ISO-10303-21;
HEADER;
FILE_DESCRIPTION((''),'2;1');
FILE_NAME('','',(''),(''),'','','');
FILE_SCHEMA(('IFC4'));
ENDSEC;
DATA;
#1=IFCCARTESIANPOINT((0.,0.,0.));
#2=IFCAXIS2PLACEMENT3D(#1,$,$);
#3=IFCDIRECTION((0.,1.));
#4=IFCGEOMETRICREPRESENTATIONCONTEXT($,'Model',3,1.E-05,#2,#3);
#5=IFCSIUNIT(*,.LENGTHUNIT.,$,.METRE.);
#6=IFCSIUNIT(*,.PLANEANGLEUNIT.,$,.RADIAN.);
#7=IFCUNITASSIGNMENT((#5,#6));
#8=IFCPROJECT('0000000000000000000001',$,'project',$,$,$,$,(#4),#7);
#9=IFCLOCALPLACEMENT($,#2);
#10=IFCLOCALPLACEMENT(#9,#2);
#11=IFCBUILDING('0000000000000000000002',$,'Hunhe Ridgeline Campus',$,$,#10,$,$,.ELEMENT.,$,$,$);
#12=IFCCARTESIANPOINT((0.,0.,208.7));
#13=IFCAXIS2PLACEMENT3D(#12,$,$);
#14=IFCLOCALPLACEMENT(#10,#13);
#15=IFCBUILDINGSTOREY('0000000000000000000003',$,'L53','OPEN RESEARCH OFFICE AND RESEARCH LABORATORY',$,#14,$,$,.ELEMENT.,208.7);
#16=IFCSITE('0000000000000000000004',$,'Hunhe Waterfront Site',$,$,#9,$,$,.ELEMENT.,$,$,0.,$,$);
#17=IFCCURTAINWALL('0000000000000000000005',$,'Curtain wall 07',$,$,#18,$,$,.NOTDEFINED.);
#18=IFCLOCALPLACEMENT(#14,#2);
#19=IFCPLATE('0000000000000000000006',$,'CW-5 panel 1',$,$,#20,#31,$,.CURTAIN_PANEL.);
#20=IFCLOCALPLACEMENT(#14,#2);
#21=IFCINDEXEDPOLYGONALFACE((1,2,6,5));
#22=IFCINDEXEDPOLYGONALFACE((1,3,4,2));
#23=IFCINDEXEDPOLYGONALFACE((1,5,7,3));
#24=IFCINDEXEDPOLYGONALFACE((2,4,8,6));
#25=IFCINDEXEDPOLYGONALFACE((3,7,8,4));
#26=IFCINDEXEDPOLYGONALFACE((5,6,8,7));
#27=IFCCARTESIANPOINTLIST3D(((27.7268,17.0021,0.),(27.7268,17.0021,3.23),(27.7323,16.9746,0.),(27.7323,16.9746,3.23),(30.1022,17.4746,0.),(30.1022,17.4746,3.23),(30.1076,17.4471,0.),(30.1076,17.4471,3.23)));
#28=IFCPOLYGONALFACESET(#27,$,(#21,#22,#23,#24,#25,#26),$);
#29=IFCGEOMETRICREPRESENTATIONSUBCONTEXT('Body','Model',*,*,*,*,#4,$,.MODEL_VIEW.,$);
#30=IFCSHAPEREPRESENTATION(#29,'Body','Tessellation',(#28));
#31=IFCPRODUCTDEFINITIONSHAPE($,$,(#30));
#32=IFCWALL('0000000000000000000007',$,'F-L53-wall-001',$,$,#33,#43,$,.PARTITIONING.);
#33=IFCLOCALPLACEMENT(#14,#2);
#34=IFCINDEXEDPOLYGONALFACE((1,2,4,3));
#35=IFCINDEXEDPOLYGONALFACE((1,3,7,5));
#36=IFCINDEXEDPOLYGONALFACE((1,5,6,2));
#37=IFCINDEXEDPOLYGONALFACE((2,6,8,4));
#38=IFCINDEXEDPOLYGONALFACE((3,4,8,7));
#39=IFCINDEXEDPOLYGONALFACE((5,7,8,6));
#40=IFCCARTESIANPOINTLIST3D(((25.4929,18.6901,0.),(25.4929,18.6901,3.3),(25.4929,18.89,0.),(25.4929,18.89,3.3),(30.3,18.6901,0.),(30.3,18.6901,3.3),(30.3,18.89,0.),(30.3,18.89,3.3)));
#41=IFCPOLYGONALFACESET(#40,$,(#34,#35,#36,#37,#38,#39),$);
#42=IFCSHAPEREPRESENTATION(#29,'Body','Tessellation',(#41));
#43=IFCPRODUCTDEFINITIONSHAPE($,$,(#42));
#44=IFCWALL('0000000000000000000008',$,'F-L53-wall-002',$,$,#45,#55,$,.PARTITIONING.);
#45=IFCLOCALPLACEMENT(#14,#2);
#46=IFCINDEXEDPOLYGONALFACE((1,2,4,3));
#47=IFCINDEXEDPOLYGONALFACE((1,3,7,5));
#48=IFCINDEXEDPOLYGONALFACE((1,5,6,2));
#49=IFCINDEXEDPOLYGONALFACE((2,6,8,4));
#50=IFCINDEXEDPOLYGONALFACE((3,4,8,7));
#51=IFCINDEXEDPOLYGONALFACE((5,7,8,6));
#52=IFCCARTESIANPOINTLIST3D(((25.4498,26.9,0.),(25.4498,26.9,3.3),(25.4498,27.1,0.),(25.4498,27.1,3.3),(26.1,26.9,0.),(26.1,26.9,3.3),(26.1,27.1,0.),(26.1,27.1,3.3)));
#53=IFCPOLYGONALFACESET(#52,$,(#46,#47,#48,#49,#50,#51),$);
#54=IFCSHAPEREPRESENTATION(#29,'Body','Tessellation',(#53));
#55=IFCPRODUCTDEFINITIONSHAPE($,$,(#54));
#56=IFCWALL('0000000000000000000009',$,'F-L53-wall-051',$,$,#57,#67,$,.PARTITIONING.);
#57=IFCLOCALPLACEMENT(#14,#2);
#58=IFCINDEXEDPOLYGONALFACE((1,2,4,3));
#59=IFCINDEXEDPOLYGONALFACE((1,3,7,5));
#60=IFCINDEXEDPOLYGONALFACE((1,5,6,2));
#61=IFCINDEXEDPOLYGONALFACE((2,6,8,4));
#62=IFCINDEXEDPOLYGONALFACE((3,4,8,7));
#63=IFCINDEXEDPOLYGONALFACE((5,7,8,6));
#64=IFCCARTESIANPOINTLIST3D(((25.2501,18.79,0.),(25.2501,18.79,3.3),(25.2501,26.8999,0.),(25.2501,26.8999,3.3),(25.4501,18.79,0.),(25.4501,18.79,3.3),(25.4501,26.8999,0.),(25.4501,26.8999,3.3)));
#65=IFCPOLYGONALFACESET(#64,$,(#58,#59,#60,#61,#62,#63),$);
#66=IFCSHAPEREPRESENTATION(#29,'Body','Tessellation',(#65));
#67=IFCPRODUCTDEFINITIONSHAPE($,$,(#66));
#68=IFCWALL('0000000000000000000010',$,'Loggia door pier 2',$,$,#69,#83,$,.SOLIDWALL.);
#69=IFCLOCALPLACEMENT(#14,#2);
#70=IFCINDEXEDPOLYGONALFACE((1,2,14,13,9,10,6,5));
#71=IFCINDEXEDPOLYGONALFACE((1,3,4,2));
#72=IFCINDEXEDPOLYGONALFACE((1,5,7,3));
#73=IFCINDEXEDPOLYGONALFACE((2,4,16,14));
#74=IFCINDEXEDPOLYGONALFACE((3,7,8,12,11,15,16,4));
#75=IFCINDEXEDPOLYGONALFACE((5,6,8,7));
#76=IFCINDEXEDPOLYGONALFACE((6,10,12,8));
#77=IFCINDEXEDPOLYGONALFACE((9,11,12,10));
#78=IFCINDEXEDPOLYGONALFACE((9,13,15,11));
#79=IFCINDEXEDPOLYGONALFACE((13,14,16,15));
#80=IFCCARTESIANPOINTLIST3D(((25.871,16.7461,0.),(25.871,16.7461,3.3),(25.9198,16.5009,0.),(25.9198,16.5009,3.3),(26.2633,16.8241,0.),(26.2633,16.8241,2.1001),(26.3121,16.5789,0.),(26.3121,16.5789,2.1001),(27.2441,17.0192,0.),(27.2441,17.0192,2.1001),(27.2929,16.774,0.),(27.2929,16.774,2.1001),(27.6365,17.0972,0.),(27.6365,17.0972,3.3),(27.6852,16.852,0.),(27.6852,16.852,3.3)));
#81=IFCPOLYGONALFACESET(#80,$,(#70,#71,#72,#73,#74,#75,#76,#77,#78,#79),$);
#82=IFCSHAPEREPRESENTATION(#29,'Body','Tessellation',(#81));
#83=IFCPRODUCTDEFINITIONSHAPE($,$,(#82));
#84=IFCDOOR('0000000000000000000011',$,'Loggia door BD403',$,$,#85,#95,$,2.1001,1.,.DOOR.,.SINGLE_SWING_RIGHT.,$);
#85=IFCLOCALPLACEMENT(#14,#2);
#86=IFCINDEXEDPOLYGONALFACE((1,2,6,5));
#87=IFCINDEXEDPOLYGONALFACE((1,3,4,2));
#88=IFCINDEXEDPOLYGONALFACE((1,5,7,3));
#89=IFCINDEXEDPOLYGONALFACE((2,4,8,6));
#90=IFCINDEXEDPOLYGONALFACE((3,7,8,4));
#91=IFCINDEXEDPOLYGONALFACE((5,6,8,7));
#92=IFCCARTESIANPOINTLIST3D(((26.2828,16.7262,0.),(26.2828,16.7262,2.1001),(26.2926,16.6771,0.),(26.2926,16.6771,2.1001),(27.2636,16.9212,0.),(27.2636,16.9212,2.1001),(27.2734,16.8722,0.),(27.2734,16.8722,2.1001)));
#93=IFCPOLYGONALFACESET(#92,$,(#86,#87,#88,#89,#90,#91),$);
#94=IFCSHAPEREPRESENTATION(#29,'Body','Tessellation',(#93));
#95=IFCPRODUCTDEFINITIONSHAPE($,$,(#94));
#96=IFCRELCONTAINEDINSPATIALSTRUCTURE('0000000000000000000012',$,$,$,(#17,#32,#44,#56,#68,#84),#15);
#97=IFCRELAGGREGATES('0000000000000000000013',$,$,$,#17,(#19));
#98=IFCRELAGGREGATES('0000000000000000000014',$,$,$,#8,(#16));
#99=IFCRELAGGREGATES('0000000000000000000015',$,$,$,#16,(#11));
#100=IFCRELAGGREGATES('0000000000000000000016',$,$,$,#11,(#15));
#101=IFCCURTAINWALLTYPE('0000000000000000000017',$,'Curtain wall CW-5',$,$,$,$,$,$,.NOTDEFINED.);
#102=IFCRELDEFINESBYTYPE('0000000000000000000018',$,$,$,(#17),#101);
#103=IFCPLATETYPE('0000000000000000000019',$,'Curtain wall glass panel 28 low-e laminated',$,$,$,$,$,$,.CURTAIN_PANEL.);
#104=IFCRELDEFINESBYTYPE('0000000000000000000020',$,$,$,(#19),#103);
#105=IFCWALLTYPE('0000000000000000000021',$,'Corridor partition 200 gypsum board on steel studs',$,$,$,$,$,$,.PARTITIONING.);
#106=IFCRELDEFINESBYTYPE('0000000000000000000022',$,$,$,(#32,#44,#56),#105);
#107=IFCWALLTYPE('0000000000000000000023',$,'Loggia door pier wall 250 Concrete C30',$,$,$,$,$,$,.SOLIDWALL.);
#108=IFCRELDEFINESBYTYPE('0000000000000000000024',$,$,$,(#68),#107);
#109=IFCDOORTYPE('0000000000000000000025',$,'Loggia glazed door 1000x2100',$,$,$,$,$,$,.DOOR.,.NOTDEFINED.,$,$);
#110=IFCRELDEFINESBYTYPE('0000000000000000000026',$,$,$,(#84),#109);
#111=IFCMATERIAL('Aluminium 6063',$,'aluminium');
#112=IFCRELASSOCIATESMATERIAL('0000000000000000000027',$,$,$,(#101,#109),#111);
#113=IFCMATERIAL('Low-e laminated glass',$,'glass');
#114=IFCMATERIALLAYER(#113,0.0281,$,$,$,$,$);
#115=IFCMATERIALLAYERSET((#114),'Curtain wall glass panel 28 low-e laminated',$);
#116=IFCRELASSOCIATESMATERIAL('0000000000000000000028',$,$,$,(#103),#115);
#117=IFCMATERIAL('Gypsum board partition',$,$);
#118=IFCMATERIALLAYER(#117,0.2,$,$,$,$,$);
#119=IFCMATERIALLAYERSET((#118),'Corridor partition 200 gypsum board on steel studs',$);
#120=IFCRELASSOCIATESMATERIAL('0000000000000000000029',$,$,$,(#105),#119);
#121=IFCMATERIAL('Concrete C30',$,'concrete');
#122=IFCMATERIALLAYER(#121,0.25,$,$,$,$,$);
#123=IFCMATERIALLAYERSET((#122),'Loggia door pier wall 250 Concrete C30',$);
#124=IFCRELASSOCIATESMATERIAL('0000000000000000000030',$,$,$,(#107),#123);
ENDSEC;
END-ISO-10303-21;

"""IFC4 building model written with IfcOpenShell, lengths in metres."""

from ifc_helpers import new_model, si_unit, direction, frame, frame_2d, origin, origin_2d, place, context, subcontext, project, spatial, rectangle, extrude, material, layer, layer_set, type_object, element, fill, aggregate, save


model = new_model("IFC4")

# Units and contexts
model_context = context("Model", 3, precision=1e-05, world=origin(), true_north=direction((0.0, 1.0)))
body_context = subcontext(model_context, "Body", "Model", "MODEL_VIEW")
ifc_project = project(units=[si_unit("LENGTHUNIT", "METRE"), si_unit("PLANEANGLEUNIT", "RADIAN")], contexts=[model_context])

# Site, building, storey
site_placement = place(None, origin())
site = spatial("IfcSite", under=ifc_project, at=site_placement, Name="Hunhe Waterfront Site", CompositionType="ELEMENT", RefElevation=0.0)
building_placement = place(site_placement, origin())
building = spatial("IfcBuilding", under=site, at=building_placement, Name="Hunhe Ridgeline Campus", CompositionType="ELEMENT")
storey_placement = place(building_placement, frame((0.0, 0.0, 208.7)))
storey = spatial("IfcBuildingStorey", under=building, at=storey_placement, Name="L53", Description="OPEN RESEARCH OFFICE AND RESEARCH LABORATORY", CompositionType="ELEMENT", Elevation=208.7)

# Shared definitions
ifc_material_1 = material(Name="Aluminium 6063", Category="aluminium")
curtain_wall_type = type_object("IfcCurtainWallType", Name="Curtain wall CW-5", PredefinedType="NOTDEFINED", material=ifc_material_1)

# Curtain wall
curtain_wall_1_placement = place(storey_placement, origin())
curtain_wall_1 = element("IfcCurtainWall", 1, at=curtain_wall_1_placement, inside=storey, type_object=curtain_wall_type, Name="Curtain wall 07", PredefinedType="NOTDEFINED")

# Plate
ifc_material_2 = material(Name="Low-e laminated glass", Category="glass")
ifc_layer_1 = layer(ifc_material_2, 0.0281)
ifc_layer_set_1 = layer_set([ifc_layer_1], Name="Curtain wall glass panel 28 low-e laminated")
plate_type = type_object("IfcPlateType", Name="Curtain wall glass panel 28 low-e laminated", PredefinedType="CURTAIN_PANEL", material=ifc_layer_set_1)
plate_1_placement = place(storey_placement, frame((28.9172, 17.2246, 0.0), z_axis=(0.0, 0.0, 1.0), x_axis=(0.980785, 0.195091, 0.0)))
plate_1 = element("IfcPlate", 2, at=plate_1_placement, type_object=plate_type, Name="CW-5 panel 1", PredefinedType="CURTAIN_PANEL", context=body_context, shape_type="SweptSolid", body=[
    extrude(rectangle(XDim=2.4219, YDim=0.0281, at=origin_2d()), origin(), (0.0, 0.0, 1.0), 3.23),
])
aggregate(curtain_wall_1, [plate_1])

# Walls
ifc_material_3 = material(Name="Gypsum board partition")
ifc_layer_2 = layer(ifc_material_3, 0.2)
ifc_layer_set_2 = layer_set([ifc_layer_2], Name="Corridor partition 200 gypsum board on steel studs")
wall_type_1 = type_object("IfcWallType", Name="Corridor partition 200 gypsum board on steel studs", PredefinedType="PARTITIONING", material=ifc_layer_set_2)
wall_1_placement = place(storey_placement, frame((25.4929, 18.79, 0.0), z_axis=(0.0, 0.0, 1.0), x_axis=(1.0, 0.0, 0.0)))
element("IfcWall", 3, at=wall_1_placement, inside=storey, type_object=wall_type_1, Name="F-L53-wall-001", PredefinedType="PARTITIONING", context=body_context, shape_type="SweptSolid", body=[
    extrude(rectangle(XDim=4.8071, YDim=0.2, at=frame_2d((2.4036, 0.0))), origin(), (0.0, 0.0, 1.0), 3.3),
])
wall_2_placement = place(storey_placement, frame((26.1001, 27.0, 0.0), z_axis=(0.0, 0.0, 1.0), x_axis=(-1.0, 0.0, 0.0)))
element("IfcWall", 4, at=wall_2_placement, inside=storey, type_object=wall_type_1, Name="F-L53-wall-002", PredefinedType="PARTITIONING", context=body_context, shape_type="SweptSolid", body=[
    extrude(rectangle(XDim=0.6501, YDim=0.2, at=frame_2d((0.3252, 0.0))), origin(), (0.0, 0.0, 1.0), 3.3),
])

# Wall
wall_3_placement = place(storey_placement, frame((25.3501, 26.8999, 0.0), z_axis=(0.0, 0.0, 1.0), x_axis=(0.0, -1.0, 0.0)))
element("IfcWall", 5, at=wall_3_placement, inside=storey, type_object=wall_type_1, Name="F-L53-wall-051", PredefinedType="PARTITIONING", context=body_context, shape_type="SweptSolid", body=[
    extrude(rectangle(XDim=8.1099, YDim=0.2, at=frame_2d((4.0549, 0.0))), origin(), (0.0, 0.0, 1.0), 3.3),
])

# Wall, opening, door
ifc_material_4 = material(Name="Concrete C30", Category="concrete")
ifc_layer_3 = layer(ifc_material_4, 0.25)
ifc_layer_set_3 = layer_set([ifc_layer_3], Name="Loggia door pier wall 250 Concrete C30")
wall_type_2 = type_object("IfcWallType", Name="Loggia door pier wall 250 Concrete C30", PredefinedType="SOLIDWALL", material=ifc_layer_set_3)
wall_4_placement = place(storey_placement, frame((25.8955, 16.6235, 0.0), z_axis=(0.0, 0.0, 1.0), x_axis=(0.980794, 0.195047, 0.0)))
wall_4 = element("IfcWall", 6, at=wall_4_placement, inside=storey, type_object=wall_type_2, Name="Loggia door pier 2", PredefinedType="SOLIDWALL", context=body_context, shape_type="SweptSolid", body=[
    extrude(rectangle(XDim=1.8, YDim=0.25, at=frame_2d((0.8999, 0.0))), origin(), (0.0, 0.0, 1.0), 3.3),
])
opening_1_placement = place(wall_4_placement, frame((0.3999, 0.0, 0.0)))
opening_1 = element("IfcOpeningElement", 7, at=opening_1_placement, cuts=wall_4, PredefinedType="OPENING", context=body_context, shape_type="SweptSolid", body=[
    extrude(rectangle(XDim=1.0, YDim=2.1001, at=frame_2d((0.5, 1.05))), frame((0.0, 0.125, 0.0), z_axis=(0.0, -1.0, 0.0), x_axis=(1.0, 0.0, 0.0)), (0.0, 0.0, 1.0), 0.25),
])
door_type_1 = type_object("IfcDoorType", Name="Loggia glazed door 1000x2100", OperationType="NOTDEFINED", PredefinedType="DOOR", material=ifc_material_1)
door_1_placement = place(opening_1_placement, frame((1.0, 0.0, 0.0), z_axis=(0.0, 0.0, 1.0), x_axis=(-1.0, 0.0, 0.0)))
door_1 = element("IfcDoor", 8, at=door_1_placement, inside=storey, type_object=door_type_1, Name="Loggia door BD403", OperationType="SINGLE_SWING_RIGHT", OverallHeight=2.1001, OverallWidth=1.0, PredefinedType="DOOR", context=body_context, shape_type="SweptSolid", body=[
    extrude(rectangle(XDim=1.0, YDim=2.1001, at=frame_2d((0.5, 1.05))), frame((0.0, 0.0249, 0.0), z_axis=(0.0, -1.0, 0.0), x_axis=(1.0, 0.0, 0.0)), (0.0, 0.0, 1.0), 0.05),
])
fill(opening_1, door_1)

save(model, "model.ifc")
